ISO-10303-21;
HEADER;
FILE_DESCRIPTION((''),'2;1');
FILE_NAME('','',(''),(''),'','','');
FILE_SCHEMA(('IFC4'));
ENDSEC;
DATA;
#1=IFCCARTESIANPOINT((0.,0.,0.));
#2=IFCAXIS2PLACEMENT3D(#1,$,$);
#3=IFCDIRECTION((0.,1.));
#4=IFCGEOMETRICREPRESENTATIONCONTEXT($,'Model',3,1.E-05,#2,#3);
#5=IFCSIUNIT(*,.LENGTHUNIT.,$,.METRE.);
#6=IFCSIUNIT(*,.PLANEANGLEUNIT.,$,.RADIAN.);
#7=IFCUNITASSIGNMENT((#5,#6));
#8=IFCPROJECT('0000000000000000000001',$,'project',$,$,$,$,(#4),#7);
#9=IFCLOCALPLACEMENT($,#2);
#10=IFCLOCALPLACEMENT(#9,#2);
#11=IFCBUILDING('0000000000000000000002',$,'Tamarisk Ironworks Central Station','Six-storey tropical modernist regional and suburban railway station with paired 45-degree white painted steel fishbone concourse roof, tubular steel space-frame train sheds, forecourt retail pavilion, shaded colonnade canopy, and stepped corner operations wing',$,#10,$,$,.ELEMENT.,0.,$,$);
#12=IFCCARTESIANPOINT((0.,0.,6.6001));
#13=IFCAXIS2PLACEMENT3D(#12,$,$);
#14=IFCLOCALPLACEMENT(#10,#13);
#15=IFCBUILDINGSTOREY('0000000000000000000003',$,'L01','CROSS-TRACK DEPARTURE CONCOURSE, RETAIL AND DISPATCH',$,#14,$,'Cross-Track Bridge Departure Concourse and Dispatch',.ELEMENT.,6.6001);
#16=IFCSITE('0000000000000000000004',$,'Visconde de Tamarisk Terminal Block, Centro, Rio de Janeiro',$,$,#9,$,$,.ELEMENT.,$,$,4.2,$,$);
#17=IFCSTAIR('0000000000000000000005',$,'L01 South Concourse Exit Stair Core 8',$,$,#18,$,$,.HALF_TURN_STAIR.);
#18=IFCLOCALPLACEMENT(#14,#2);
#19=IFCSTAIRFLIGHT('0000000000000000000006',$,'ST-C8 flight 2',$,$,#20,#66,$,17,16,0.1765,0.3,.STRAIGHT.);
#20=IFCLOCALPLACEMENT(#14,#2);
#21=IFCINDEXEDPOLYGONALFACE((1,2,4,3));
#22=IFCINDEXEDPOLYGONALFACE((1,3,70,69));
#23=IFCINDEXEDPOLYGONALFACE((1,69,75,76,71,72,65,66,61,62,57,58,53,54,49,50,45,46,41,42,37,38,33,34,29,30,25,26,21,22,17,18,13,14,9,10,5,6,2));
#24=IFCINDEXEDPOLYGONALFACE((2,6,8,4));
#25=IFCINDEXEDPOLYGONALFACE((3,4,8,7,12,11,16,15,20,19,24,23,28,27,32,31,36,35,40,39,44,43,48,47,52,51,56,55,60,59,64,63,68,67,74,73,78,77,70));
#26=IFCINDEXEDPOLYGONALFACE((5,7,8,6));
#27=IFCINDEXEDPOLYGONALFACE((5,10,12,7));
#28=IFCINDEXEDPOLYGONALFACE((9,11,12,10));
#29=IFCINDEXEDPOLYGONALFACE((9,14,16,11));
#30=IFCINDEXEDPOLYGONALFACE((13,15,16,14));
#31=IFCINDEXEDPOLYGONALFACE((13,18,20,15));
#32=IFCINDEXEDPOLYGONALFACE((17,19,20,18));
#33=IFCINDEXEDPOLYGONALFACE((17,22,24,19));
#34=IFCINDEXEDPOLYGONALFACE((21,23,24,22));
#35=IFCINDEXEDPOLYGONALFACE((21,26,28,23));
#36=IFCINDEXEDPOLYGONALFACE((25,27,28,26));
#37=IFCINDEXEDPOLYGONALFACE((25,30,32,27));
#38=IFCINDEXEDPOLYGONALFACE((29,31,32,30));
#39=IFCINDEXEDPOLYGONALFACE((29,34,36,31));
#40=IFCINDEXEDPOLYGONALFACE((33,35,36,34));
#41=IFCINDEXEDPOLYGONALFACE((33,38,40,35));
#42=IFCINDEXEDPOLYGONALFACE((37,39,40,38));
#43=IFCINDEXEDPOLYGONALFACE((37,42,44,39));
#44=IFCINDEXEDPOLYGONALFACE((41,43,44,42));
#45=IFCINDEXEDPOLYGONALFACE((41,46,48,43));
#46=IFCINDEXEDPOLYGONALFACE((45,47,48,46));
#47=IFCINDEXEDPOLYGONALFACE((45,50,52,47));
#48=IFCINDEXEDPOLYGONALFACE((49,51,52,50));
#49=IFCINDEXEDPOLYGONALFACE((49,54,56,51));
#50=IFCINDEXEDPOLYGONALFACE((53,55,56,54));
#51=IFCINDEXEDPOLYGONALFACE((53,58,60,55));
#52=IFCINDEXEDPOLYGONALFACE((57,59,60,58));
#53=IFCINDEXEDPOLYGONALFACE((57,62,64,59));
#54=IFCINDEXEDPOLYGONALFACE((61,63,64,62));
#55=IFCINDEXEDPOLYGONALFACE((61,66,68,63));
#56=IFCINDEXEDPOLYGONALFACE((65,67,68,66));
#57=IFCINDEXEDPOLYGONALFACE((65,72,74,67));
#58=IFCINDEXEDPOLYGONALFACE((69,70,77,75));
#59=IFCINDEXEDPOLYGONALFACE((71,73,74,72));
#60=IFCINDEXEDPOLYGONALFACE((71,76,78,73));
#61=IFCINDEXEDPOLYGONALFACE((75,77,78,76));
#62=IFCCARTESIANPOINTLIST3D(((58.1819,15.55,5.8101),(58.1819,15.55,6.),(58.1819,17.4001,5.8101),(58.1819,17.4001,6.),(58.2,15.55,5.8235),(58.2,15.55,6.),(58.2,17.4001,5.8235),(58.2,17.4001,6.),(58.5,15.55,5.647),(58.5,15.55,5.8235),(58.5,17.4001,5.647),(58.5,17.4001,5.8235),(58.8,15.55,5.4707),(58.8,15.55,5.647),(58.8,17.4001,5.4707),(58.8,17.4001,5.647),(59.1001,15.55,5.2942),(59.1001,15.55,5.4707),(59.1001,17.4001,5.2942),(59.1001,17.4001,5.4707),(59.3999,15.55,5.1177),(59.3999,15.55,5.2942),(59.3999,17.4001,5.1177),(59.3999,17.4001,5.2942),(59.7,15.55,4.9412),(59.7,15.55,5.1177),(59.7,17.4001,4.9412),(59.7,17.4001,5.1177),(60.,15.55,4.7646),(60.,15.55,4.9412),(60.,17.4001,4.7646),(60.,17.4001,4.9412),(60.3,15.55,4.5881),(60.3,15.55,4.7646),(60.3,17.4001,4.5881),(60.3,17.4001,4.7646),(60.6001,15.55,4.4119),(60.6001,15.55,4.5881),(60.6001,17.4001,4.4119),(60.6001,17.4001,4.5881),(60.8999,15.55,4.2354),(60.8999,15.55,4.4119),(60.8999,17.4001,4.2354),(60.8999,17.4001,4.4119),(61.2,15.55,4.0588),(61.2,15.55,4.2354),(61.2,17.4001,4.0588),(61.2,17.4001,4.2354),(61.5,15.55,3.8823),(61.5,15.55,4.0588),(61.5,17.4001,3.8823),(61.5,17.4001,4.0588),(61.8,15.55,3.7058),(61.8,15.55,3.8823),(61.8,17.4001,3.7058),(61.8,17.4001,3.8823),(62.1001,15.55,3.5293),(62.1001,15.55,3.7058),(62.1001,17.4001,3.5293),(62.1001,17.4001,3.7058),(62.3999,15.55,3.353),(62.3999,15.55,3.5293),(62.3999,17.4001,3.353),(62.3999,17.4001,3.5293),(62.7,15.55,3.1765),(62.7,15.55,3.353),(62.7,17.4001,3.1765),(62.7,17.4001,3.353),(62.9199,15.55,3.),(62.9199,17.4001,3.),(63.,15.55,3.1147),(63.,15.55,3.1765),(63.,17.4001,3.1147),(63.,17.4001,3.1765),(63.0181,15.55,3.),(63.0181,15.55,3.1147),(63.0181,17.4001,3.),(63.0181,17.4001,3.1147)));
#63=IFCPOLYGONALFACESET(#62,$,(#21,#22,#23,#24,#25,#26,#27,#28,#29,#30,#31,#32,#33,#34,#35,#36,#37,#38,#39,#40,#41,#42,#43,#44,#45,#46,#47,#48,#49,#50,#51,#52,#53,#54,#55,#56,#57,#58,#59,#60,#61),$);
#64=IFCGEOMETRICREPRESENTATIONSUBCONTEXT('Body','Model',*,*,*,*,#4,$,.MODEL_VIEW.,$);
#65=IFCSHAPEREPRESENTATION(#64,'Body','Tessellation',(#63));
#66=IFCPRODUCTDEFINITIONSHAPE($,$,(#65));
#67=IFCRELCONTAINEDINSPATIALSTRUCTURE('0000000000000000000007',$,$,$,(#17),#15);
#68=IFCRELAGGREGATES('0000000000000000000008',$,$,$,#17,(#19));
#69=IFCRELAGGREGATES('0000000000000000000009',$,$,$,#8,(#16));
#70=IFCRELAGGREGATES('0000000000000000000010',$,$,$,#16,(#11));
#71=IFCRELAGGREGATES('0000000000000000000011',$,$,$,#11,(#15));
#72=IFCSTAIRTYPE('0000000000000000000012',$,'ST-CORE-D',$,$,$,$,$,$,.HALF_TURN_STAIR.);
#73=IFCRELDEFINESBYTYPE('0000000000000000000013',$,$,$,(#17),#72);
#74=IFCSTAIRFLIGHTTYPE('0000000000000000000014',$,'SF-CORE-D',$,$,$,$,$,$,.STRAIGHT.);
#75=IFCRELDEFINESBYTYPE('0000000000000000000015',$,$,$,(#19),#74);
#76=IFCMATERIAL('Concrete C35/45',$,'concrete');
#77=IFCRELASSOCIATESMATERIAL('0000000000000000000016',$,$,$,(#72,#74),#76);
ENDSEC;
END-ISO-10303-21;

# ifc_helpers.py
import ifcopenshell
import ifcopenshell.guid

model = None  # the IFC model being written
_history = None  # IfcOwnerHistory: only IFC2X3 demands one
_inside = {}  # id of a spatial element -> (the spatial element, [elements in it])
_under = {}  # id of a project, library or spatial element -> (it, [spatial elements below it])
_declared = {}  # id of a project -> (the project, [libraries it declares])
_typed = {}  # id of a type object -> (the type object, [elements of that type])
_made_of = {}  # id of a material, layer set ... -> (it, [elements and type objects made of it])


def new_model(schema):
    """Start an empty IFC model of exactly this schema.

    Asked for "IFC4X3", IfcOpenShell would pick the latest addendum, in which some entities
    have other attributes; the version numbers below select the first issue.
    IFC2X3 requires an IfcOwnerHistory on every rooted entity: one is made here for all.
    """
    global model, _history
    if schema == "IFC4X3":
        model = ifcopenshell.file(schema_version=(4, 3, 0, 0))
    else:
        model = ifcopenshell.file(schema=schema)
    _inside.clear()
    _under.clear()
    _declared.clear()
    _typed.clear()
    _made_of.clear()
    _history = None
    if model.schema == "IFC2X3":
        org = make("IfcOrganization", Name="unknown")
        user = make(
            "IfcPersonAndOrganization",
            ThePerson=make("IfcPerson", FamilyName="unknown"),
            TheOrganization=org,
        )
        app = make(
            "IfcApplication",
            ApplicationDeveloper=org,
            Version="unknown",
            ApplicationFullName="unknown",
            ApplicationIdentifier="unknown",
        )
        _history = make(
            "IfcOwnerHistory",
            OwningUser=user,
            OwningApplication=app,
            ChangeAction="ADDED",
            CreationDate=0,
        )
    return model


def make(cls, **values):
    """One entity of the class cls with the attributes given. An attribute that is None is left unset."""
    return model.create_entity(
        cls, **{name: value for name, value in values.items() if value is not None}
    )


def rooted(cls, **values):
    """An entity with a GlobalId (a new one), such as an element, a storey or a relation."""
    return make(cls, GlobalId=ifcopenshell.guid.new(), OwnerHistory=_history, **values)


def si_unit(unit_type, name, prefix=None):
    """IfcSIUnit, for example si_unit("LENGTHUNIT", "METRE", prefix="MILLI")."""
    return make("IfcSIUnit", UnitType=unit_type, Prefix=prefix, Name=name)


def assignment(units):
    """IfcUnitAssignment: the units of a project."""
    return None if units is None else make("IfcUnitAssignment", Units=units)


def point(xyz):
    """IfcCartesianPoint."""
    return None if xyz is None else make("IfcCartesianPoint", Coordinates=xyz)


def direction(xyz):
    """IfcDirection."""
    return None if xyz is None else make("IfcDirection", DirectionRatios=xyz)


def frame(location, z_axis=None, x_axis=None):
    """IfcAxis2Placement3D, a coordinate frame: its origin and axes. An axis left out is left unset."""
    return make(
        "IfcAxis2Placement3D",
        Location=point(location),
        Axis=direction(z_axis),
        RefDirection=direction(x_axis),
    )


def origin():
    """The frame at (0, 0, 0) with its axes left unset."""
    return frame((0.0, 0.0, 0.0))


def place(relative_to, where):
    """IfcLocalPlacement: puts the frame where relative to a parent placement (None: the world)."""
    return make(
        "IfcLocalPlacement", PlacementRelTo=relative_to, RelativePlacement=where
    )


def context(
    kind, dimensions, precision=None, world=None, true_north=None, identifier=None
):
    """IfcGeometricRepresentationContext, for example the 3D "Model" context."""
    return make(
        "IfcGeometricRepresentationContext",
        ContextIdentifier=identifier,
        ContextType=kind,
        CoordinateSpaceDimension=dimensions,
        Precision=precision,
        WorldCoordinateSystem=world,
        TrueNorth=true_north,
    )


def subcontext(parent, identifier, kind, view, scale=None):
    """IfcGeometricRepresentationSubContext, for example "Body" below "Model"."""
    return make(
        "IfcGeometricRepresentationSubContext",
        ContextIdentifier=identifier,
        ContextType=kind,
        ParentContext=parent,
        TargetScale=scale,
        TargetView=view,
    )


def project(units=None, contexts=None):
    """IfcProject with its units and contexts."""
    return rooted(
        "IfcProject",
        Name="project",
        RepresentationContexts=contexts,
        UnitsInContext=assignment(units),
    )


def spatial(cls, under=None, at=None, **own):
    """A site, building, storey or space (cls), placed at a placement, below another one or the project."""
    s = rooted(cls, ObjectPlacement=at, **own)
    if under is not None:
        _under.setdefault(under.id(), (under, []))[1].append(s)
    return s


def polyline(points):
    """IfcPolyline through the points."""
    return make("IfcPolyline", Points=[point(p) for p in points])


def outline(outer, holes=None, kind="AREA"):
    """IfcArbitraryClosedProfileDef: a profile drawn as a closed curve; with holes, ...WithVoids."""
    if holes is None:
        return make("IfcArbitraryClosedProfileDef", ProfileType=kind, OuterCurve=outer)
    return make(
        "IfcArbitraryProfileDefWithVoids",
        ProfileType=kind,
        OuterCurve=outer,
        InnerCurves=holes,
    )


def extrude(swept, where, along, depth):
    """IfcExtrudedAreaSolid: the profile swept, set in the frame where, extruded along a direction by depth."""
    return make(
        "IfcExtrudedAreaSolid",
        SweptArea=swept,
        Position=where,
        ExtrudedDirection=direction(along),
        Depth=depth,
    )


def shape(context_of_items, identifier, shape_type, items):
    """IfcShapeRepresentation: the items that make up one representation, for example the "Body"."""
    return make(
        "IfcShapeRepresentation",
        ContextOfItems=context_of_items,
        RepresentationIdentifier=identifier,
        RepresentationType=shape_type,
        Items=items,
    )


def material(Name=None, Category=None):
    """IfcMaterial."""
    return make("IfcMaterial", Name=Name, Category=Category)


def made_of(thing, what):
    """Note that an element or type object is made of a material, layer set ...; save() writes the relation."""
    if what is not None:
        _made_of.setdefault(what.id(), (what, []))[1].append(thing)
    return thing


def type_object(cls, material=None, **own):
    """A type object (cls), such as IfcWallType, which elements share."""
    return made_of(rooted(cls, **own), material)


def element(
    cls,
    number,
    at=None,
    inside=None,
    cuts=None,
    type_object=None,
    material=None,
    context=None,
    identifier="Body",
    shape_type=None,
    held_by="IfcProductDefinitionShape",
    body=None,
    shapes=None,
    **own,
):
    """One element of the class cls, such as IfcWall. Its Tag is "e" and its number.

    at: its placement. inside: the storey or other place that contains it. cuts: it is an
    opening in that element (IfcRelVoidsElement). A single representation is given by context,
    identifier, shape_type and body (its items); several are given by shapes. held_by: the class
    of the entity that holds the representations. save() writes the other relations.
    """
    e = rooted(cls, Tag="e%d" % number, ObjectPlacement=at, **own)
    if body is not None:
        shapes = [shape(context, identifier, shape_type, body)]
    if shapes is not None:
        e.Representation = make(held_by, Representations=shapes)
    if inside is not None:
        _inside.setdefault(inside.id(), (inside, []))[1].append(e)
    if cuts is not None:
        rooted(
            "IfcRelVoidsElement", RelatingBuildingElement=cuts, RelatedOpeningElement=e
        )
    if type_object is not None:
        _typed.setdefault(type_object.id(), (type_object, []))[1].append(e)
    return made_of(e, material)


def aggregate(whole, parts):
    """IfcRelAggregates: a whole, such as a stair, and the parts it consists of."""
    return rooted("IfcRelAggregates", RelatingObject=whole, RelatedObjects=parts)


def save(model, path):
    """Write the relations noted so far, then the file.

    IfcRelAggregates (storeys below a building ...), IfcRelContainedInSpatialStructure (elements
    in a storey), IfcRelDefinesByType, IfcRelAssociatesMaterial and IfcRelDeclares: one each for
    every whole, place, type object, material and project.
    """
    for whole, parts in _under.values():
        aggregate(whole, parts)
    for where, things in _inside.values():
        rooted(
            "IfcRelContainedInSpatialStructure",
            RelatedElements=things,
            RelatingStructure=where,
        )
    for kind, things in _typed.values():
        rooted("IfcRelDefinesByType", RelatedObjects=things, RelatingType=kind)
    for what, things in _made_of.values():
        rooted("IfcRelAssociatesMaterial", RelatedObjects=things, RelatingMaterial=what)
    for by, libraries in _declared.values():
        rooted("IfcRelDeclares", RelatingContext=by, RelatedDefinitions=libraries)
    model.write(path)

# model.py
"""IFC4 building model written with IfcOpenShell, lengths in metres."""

from ifc_helpers import new_model, si_unit, direction, frame, origin, place, context, subcontext, project, spatial, polyline, outline, extrude, material, type_object, element, aggregate, save


model = new_model("IFC4")

# Units and contexts
model_context = context("Model", 3, precision=1e-05, world=origin(), true_north=direction((0.0, 1.0)))
body_context = subcontext(model_context, "Body", "Model", "MODEL_VIEW")
ifc_project = project(units=[si_unit("LENGTHUNIT", "METRE"), si_unit("PLANEANGLEUNIT", "RADIAN")], contexts=[model_context])

# Site, building, storey
site_placement = place(None, origin())
site = spatial("IfcSite", under=ifc_project, at=site_placement, Name="Visconde de Tamarisk Terminal Block, Centro, Rio de Janeiro", CompositionType="ELEMENT", RefElevation=4.2)
building_placement = place(site_placement, origin())
building = spatial("IfcBuilding", under=site, at=building_placement, Name="Tamarisk Ironworks Central Station", Description="Six-storey tropical modernist regional and suburban railway station with paired 45-degree white painted steel fishbone concourse roof, tubular steel space-frame train sheds, forecourt retail pavilion, shaded colonnade canopy, and stepped corner operations wing", CompositionType="ELEMENT", ElevationOfRefHeight=0.0)
storey_placement = place(building_placement, frame((0.0, 0.0, 6.6001)))
storey = spatial("IfcBuildingStorey", under=building, at=storey_placement, Name="L01", Description="CROSS-TRACK DEPARTURE CONCOURSE, RETAIL AND DISPATCH", LongName="Cross-Track Bridge Departure Concourse and Dispatch", CompositionType="ELEMENT", Elevation=6.6001)

# Stair, stair flight
ifc_material_1 = material(Name="Concrete C35/45", Category="concrete")
stair_type = type_object("IfcStairType", Name="ST-CORE-D", PredefinedType="HALF_TURN_STAIR", material=ifc_material_1)
stair_placement = place(storey_placement, origin())
stair = element("IfcStair", 1, at=stair_placement, inside=storey, type_object=stair_type, Name="L01 South Concourse Exit Stair Core 8", PredefinedType="HALF_TURN_STAIR")
stair_flight_type = type_object("IfcStairFlightType", Name="SF-CORE-D", PredefinedType="STRAIGHT", material=ifc_material_1)
stair_flight_1_placement = place(storey_placement, frame((63.0, 16.4751, 3.0), z_axis=(0.0, 0.0, 1.0), x_axis=(-1.0, 0.0, 0.0)))
stair_flight_1 = element("IfcStairFlight", 2, at=stair_flight_1_placement, type_object=stair_flight_type, Name="ST-C8 flight 2", NumberOfRisers=17, NumberOfTreads=16, PredefinedType="STRAIGHT", RiserHeight=0.1765, TreadLength=0.3, context=body_context, shape_type="SweptSolid", body=[
    extrude(outline(polyline([(-0.0181, 0.0), (-0.0181, 0.1147), (0.0, 0.1147), (0.0, 0.1765), (0.3, 0.1765), (0.3, 0.353), (0.6001, 0.353), (0.6001, 0.5293), (0.8999, 0.5293), (0.8999, 0.7058), (1.2, 0.7058), (1.2, 0.8823), (1.5, 0.8823), (1.5, 1.0588), (1.8, 1.0588), (1.8, 1.2354), (2.1001, 1.2354), (2.1001, 1.4119), (2.3999, 1.4119), (2.3999, 1.5881), (2.7, 1.5881), (2.7, 1.7646), (3.0, 1.7646), (3.0, 1.9412), (3.3, 1.9412), (3.3, 2.1177), (3.6001, 2.1177), (3.6001, 2.2942), (3.8999, 2.2942), (3.8999, 2.4707), (4.2, 2.4707), (4.2, 2.647), (4.5, 2.647), (4.5, 2.8235), (4.8, 2.8235), (4.8, 3.0), (4.8181, 3.0), (4.8181, 2.8101), (0.0801, 0.0), (-0.0181, 0.0)])), frame((0.0, 0.925, 0.0), z_axis=(0.0, -1.0, 0.0), x_axis=(1.0, 0.0, 0.0)), (0.0, 0.0, 1.0), 1.8501),
])
aggregate(stair, [stair_flight_1])

save(model, "model.ifc")
